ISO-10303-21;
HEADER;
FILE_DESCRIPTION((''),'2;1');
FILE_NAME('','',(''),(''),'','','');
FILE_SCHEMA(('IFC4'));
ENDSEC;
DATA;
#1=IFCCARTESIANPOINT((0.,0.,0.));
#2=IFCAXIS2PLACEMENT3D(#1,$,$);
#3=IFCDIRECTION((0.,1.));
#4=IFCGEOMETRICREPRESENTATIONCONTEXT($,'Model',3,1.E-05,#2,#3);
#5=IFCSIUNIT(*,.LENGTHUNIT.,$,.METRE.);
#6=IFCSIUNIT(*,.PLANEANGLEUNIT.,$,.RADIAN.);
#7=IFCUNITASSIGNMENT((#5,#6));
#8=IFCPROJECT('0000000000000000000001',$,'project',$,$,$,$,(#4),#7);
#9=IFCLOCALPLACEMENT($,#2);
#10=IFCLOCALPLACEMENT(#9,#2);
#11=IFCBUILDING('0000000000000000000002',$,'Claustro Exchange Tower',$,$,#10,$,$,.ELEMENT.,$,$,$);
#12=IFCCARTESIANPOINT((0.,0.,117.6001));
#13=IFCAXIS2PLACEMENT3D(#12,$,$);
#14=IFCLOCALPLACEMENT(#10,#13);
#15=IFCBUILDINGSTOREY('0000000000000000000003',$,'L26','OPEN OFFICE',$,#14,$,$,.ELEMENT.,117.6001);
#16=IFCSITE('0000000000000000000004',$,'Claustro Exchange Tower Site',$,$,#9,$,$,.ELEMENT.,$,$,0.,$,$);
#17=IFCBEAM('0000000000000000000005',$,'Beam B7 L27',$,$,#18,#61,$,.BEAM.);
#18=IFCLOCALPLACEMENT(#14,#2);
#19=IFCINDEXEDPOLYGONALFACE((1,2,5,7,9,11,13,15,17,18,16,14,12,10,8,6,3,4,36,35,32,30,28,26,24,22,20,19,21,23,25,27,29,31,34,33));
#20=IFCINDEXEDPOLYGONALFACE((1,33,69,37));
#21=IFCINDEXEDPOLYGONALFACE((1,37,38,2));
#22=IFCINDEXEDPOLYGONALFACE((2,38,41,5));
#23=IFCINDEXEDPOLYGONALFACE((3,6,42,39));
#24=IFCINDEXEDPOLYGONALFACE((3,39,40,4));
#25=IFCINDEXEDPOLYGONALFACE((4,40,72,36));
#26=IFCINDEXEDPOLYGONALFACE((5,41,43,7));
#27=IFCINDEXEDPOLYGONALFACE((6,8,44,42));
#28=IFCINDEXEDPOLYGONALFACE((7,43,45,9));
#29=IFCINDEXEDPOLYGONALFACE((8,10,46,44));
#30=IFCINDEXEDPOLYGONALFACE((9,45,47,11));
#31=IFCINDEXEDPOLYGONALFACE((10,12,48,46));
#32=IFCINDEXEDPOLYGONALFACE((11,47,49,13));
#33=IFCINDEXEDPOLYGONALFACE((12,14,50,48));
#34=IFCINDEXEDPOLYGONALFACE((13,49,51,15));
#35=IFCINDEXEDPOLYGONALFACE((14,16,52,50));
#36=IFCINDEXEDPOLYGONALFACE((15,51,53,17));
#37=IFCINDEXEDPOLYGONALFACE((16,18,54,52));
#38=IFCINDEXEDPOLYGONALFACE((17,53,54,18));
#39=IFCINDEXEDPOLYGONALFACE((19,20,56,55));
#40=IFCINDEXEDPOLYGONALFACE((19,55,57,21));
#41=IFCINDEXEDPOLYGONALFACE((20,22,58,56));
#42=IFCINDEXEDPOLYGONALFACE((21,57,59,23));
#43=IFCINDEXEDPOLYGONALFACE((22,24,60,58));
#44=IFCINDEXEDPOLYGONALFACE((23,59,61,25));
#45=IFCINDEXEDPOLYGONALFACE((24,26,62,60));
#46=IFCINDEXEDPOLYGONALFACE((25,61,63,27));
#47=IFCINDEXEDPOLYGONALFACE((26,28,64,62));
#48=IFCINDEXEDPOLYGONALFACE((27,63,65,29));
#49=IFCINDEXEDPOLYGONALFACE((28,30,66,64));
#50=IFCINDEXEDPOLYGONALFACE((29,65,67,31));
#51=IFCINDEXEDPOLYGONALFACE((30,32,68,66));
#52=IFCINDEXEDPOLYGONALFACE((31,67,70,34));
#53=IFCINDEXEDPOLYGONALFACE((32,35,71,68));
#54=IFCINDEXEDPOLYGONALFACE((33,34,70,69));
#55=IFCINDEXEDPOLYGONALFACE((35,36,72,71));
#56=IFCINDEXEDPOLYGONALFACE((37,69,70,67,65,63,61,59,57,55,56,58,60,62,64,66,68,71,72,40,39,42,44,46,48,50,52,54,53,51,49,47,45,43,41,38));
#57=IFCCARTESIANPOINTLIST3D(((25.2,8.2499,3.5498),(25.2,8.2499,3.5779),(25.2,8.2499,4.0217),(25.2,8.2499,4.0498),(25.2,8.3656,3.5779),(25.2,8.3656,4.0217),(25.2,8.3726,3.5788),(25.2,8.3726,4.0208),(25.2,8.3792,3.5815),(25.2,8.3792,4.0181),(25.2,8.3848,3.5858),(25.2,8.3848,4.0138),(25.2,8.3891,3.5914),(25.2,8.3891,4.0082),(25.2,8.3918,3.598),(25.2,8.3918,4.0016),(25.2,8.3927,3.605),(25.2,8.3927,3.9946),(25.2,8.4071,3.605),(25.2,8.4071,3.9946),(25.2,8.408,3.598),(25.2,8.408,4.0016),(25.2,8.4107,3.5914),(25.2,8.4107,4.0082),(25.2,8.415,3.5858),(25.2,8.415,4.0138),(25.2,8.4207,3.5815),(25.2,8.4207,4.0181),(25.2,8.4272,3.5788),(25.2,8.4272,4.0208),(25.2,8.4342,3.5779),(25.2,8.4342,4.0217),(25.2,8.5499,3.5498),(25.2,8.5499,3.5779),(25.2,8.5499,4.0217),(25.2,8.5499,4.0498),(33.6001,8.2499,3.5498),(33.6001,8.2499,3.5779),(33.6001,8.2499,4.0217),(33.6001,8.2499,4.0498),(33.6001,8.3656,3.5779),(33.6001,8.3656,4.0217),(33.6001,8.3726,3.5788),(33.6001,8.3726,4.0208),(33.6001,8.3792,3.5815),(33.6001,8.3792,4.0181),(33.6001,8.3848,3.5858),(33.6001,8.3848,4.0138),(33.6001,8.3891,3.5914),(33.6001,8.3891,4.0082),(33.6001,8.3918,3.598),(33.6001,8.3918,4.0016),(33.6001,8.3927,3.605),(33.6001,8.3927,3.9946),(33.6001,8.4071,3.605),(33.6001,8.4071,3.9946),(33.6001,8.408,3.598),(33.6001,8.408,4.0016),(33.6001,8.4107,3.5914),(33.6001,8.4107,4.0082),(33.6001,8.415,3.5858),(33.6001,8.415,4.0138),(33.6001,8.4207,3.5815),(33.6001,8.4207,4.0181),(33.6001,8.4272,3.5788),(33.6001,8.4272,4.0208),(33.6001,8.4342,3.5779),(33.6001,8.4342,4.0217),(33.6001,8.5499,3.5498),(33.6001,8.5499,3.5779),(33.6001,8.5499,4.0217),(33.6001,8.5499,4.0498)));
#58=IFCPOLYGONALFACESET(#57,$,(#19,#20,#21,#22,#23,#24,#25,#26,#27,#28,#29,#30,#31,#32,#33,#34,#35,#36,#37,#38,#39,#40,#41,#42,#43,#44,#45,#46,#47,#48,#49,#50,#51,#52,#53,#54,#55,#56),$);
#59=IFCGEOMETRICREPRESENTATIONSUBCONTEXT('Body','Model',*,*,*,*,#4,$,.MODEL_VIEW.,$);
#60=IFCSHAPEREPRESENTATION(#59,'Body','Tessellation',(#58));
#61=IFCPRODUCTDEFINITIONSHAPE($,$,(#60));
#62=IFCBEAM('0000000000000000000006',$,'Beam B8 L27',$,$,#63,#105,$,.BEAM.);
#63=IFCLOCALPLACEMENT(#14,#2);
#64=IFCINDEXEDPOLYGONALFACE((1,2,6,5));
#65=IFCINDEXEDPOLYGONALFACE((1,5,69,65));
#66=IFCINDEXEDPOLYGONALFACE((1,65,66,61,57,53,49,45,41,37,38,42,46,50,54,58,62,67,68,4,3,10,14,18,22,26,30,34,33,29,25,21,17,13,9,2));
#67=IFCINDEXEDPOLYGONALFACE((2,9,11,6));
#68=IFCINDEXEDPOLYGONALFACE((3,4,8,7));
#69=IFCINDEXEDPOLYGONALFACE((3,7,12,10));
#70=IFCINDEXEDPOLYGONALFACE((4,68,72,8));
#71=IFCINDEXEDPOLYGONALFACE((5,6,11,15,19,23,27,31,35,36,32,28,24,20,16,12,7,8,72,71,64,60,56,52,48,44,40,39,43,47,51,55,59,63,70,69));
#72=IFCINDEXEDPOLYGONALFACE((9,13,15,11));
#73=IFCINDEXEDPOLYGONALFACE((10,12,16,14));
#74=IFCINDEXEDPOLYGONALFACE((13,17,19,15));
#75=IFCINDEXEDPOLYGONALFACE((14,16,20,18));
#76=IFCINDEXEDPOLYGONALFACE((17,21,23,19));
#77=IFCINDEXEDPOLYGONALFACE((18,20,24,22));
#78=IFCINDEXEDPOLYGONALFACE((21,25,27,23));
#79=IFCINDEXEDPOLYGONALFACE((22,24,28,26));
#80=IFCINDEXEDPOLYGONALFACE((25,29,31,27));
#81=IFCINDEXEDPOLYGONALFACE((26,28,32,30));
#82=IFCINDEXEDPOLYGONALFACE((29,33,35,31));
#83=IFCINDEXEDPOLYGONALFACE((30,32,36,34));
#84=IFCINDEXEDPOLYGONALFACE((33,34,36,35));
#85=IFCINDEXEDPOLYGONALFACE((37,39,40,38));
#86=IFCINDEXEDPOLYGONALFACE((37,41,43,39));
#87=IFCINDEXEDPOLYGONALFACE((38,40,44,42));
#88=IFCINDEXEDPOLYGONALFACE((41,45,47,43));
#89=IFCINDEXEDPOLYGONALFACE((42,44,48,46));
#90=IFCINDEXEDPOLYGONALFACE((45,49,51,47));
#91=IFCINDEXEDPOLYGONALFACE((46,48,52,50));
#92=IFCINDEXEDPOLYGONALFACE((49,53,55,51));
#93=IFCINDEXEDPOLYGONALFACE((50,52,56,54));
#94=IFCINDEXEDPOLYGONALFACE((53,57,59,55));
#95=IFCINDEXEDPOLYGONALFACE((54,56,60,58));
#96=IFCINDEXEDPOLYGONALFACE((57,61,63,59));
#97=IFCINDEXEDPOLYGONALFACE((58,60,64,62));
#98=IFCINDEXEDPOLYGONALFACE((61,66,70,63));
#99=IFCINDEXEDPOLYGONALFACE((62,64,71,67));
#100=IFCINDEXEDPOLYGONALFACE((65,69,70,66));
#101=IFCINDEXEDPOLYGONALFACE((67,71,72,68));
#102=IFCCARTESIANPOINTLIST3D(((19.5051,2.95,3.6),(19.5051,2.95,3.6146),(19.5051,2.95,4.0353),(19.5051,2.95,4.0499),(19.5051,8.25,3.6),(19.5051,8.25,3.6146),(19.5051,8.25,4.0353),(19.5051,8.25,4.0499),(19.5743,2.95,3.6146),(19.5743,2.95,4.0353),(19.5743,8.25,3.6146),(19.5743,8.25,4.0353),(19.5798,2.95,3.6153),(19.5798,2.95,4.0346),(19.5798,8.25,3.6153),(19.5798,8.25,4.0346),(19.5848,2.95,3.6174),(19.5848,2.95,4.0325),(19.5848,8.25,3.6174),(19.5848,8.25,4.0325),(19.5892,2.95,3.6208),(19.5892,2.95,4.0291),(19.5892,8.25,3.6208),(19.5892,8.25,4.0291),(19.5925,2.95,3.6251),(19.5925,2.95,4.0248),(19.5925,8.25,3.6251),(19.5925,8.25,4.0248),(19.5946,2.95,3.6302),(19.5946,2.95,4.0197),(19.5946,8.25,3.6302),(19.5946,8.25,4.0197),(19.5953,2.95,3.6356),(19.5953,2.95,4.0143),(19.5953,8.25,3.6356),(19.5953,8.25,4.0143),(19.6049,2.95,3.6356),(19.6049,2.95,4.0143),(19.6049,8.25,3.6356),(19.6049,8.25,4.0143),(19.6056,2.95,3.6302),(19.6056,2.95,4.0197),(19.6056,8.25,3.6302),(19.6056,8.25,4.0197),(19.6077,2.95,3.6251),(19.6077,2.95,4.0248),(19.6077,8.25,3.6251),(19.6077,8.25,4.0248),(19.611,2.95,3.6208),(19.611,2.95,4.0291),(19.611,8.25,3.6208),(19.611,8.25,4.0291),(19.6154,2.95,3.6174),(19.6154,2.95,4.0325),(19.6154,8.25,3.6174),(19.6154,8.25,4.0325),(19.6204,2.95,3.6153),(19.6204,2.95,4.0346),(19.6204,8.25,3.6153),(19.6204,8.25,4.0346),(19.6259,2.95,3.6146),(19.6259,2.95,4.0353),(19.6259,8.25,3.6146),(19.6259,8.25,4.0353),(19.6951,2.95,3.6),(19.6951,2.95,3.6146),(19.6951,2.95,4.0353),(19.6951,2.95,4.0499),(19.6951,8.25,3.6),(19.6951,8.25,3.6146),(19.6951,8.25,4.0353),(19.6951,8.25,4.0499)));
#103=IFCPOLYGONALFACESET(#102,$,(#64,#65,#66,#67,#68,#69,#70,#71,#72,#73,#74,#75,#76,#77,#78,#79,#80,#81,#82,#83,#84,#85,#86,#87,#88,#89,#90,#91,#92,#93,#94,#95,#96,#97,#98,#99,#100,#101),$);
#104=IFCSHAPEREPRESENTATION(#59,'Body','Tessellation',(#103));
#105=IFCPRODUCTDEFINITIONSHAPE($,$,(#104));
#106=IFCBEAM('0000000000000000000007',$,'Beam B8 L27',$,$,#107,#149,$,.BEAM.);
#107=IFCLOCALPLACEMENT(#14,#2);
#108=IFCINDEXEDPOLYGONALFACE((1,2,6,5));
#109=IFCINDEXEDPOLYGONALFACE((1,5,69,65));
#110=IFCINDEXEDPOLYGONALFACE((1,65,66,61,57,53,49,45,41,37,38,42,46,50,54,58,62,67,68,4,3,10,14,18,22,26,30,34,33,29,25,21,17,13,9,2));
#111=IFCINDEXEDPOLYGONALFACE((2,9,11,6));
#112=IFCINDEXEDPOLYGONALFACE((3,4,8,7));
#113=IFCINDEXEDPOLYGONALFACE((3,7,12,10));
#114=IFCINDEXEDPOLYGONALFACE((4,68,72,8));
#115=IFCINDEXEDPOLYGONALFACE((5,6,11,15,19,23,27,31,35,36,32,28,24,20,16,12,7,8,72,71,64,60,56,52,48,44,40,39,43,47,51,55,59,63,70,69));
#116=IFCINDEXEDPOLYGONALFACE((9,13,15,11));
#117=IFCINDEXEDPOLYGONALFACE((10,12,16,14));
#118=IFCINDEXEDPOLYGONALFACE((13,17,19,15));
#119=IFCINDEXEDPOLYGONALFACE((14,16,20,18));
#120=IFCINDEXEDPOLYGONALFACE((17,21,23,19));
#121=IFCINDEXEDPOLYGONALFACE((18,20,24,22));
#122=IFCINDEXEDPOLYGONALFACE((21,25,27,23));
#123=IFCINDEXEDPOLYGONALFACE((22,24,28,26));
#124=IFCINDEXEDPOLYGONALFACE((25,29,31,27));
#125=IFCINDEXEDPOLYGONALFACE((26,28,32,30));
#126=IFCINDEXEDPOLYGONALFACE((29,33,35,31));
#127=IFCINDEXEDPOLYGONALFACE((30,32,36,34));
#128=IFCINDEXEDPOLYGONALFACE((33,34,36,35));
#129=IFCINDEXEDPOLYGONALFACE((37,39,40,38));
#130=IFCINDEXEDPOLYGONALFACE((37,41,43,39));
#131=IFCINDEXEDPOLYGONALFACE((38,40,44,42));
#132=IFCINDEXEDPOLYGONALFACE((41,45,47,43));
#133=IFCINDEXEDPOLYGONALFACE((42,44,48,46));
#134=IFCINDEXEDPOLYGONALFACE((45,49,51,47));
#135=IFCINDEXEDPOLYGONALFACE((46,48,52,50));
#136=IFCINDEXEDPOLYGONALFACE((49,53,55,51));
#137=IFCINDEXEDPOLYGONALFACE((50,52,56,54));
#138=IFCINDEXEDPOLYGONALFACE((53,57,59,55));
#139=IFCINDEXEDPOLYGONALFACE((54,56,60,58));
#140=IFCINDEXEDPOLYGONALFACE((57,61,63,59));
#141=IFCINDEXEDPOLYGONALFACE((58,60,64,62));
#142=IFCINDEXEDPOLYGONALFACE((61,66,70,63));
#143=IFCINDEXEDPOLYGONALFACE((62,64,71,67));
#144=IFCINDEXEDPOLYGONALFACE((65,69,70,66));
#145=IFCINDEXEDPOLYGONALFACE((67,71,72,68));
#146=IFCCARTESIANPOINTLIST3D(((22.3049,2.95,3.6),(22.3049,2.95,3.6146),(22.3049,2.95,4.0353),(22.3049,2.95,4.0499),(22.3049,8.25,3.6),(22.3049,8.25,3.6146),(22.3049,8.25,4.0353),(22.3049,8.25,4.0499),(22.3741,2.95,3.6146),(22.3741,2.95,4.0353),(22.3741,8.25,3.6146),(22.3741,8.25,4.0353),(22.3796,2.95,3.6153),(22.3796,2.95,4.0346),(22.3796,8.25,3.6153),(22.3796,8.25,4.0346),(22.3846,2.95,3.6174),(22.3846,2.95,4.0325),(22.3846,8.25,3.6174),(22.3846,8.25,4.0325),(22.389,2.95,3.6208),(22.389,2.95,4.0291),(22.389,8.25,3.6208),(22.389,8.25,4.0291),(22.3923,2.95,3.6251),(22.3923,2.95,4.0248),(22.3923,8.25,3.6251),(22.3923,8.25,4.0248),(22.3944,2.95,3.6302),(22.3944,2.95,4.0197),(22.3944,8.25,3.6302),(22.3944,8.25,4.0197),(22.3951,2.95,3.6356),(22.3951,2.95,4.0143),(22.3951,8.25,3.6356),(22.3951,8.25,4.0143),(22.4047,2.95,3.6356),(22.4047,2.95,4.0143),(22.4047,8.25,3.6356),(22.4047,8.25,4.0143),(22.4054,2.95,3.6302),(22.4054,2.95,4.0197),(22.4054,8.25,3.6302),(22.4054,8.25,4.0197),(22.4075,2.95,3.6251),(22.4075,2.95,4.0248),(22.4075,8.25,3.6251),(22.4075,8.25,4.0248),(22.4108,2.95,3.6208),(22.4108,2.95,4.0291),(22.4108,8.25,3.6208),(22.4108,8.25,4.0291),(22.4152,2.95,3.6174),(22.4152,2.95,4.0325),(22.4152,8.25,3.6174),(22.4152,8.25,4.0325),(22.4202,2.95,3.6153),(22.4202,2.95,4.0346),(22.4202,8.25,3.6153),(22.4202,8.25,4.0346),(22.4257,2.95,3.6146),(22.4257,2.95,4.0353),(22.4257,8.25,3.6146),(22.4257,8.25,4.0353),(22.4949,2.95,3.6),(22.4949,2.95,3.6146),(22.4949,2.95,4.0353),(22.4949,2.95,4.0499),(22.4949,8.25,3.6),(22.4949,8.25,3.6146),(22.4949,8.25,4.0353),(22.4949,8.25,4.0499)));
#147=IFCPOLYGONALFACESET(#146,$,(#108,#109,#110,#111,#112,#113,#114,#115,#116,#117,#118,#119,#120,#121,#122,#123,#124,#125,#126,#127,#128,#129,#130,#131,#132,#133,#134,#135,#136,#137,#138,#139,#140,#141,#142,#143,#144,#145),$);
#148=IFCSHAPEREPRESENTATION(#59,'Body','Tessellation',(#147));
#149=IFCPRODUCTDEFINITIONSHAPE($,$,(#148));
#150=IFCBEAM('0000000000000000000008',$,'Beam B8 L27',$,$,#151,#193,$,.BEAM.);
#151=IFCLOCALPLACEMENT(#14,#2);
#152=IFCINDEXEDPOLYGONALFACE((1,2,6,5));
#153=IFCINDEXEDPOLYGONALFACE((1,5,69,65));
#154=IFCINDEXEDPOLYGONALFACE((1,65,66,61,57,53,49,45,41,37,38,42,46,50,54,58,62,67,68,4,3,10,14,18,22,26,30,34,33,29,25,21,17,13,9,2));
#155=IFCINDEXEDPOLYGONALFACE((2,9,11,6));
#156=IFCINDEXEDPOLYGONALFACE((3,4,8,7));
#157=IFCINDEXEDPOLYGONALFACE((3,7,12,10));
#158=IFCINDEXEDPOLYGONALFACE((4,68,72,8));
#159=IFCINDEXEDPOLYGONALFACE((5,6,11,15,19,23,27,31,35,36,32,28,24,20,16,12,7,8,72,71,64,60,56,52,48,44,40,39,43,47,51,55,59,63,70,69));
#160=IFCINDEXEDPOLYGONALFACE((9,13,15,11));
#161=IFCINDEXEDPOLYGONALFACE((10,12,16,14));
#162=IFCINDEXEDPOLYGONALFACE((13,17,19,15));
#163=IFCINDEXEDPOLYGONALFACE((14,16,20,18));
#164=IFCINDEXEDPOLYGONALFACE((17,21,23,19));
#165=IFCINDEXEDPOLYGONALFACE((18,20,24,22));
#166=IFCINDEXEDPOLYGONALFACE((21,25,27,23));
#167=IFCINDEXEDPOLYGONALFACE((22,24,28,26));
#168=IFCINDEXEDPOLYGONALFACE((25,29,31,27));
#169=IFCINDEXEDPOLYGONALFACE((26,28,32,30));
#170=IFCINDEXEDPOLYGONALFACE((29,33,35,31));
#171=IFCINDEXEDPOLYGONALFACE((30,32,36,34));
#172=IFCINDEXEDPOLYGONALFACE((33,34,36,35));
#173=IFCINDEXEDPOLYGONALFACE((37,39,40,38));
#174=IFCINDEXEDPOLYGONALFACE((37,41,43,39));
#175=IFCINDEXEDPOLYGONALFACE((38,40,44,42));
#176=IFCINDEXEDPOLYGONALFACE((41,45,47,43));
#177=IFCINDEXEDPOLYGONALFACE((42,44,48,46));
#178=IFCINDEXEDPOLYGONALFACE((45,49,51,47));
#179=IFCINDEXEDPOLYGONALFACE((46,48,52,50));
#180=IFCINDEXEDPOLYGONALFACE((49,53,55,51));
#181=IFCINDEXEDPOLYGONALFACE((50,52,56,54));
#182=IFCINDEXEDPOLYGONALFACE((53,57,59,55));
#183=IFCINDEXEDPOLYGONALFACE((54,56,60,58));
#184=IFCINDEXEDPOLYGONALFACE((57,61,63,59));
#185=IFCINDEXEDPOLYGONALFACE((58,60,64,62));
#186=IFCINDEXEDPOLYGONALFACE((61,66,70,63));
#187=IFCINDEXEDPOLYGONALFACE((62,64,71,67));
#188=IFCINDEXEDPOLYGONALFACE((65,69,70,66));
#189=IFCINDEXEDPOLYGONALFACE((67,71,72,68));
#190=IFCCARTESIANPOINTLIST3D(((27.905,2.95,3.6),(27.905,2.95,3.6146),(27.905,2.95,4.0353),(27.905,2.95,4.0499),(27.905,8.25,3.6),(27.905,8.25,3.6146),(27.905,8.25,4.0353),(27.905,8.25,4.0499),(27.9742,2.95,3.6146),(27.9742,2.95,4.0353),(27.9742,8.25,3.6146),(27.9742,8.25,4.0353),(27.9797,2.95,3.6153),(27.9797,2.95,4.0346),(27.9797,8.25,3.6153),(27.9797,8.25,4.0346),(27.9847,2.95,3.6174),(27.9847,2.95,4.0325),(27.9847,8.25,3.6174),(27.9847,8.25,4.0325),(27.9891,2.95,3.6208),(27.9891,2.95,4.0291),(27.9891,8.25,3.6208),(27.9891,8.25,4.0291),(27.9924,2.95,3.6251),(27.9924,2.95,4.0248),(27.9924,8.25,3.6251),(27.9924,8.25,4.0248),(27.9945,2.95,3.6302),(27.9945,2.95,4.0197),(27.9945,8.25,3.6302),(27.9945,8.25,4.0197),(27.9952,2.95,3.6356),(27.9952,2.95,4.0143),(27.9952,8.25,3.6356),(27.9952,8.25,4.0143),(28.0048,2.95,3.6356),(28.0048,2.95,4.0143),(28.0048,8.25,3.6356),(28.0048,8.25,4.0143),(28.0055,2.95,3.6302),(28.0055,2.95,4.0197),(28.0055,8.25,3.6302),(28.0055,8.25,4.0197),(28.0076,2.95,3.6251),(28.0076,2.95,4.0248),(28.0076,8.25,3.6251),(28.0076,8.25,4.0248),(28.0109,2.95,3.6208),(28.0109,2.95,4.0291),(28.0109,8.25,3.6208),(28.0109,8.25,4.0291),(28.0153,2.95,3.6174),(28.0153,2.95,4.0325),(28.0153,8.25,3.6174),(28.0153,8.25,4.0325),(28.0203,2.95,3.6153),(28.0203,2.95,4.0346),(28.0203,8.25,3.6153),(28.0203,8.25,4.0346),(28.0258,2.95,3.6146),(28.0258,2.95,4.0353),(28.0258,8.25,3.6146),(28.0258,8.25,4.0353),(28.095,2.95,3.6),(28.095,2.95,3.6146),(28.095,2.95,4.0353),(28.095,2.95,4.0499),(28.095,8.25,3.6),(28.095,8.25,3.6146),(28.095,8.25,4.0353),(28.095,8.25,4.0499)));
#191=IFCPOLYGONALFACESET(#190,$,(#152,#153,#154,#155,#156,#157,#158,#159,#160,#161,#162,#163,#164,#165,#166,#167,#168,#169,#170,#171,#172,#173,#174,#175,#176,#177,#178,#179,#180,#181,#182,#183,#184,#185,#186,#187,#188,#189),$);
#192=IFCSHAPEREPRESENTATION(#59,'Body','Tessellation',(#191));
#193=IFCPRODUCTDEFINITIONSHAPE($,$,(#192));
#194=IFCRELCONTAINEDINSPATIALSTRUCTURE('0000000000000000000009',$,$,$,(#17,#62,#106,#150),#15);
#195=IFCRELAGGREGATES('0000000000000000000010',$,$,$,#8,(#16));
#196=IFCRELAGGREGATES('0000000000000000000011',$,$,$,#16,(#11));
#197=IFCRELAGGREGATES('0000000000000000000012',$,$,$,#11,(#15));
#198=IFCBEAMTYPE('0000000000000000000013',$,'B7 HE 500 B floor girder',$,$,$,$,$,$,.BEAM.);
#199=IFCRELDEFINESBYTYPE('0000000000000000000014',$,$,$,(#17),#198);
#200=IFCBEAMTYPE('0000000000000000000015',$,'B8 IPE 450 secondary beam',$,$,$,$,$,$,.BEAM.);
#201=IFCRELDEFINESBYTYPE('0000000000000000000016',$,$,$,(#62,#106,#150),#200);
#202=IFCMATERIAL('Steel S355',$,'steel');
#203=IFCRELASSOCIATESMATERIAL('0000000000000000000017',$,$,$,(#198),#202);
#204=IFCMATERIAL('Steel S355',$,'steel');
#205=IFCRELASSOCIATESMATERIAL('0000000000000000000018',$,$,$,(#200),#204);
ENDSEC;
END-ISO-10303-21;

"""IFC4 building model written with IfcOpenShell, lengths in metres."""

from ifc_helpers import new_model, si_unit, direction, frame, origin, origin_2d, place, context, subcontext, project, spatial, i_section, extrude, material, material_profile, profile_set, type_object, element, save


model = new_model("IFC4")

# Units and contexts
model_context = context("Model", 3, precision=1e-05, world=origin(), true_north=direction((0.0, 1.0)))
body_context = subcontext(model_context, "Body", "Model", "MODEL_VIEW")
ifc_project = project(units=[si_unit("LENGTHUNIT", "METRE"), si_unit("PLANEANGLEUNIT", "RADIAN")], contexts=[model_context])

# Site, building, storey
site_placement = place(None, origin())
site = spatial("IfcSite", under=ifc_project, at=site_placement, Name="Claustro Exchange Tower Site", CompositionType="ELEMENT", RefElevation=0.0)
building_placement = place(site_placement, origin())
building = spatial("IfcBuilding", under=site, at=building_placement, Name="Claustro Exchange Tower", CompositionType="ELEMENT")
storey_placement = place(building_placement, frame((0.0, 0.0, 117.6001)))
storey = spatial("IfcBuildingStorey", under=building, at=storey_placement, Name="L26", Description="OPEN OFFICE", CompositionType="ELEMENT", Elevation=117.6001)

# Beams
ifc_material_1 = material(Name="Steel S355", Category="steel")
ifc_material_profile_1 = material_profile(ifc_material_1, i_section(OverallWidth=0.3, OverallDepth=0.5, WebThickness=0.0144, FlangeThickness=0.0281, FilletRadius=0.0271, at=origin_2d()), Name="HE 500 B")
ifc_profile_set_1 = profile_set([ifc_material_profile_1], Name="Steel S355")
beam_type_1 = type_object("IfcBeamType", Name="B7 HE 500 B floor girder", PredefinedType="BEAM", material=ifc_profile_set_1)
beam_1_placement = place(storey_placement, frame((25.2, 8.3999, 3.7998), z_axis=(1.0, 0.0, 0.0), x_axis=(0.0, 1.0, 0.0)))
element("IfcBeam", 1, at=beam_1_placement, inside=storey, type_object=beam_type_1, Name="Beam B7 L27", PredefinedType="BEAM", context=body_context, shape_type="SweptSolid", body=[
    extrude(i_section(OverallWidth=0.3, OverallDepth=0.5, WebThickness=0.0144, FlangeThickness=0.0281, FilletRadius=0.0271, at=origin_2d()), origin(), (0.0, 0.0, 1.0), 8.4001),
])
ifc_material_2 = material(Name="Steel S355", Category="steel")
ifc_material_profile_2 = material_profile(ifc_material_2, i_section(OverallWidth=0.1899, OverallDepth=0.45, WebThickness=0.0095, FlangeThickness=0.0146, FilletRadius=0.021, at=origin_2d()), Name="IPE 450")
ifc_profile_set_2 = profile_set([ifc_material_profile_2], Name="Steel S355")
beam_type_2 = type_object("IfcBeamType", Name="B8 IPE 450 secondary beam", PredefinedType="BEAM", material=ifc_profile_set_2)
for number, where, z_axis, x_axis, name in (
    (2, (19.6001, 2.95, 3.825), (0.0, 1.0, 0.0), (-1.0, 0.0, 0.0), "Beam B8 L27"),
    (3, (22.3999, 2.95, 3.825), (0.0, 1.0, 0.0), (-1.0, 0.0, 0.0), "Beam B8 L27"),
    (4, (28.0, 2.95, 3.825), (0.0, 1.0, 0.0), (-1.0, 0.0, 0.0), "Beam B8 L27"),
):
    element("IfcBeam", number, at=place(storey_placement, frame(where, z_axis=z_axis, x_axis=x_axis)), inside=storey, type_object=beam_type_2, Name=name, PredefinedType="BEAM", context=body_context, shape_type="SweptSolid", body=[
        extrude(i_section(OverallWidth=0.1899, OverallDepth=0.45, WebThickness=0.0095, FlangeThickness=0.0146, FilletRadius=0.021, at=origin_2d()), origin(), (0.0, 0.0, 1.0), 5.3),
    ])

save(model, "model.ifc")
